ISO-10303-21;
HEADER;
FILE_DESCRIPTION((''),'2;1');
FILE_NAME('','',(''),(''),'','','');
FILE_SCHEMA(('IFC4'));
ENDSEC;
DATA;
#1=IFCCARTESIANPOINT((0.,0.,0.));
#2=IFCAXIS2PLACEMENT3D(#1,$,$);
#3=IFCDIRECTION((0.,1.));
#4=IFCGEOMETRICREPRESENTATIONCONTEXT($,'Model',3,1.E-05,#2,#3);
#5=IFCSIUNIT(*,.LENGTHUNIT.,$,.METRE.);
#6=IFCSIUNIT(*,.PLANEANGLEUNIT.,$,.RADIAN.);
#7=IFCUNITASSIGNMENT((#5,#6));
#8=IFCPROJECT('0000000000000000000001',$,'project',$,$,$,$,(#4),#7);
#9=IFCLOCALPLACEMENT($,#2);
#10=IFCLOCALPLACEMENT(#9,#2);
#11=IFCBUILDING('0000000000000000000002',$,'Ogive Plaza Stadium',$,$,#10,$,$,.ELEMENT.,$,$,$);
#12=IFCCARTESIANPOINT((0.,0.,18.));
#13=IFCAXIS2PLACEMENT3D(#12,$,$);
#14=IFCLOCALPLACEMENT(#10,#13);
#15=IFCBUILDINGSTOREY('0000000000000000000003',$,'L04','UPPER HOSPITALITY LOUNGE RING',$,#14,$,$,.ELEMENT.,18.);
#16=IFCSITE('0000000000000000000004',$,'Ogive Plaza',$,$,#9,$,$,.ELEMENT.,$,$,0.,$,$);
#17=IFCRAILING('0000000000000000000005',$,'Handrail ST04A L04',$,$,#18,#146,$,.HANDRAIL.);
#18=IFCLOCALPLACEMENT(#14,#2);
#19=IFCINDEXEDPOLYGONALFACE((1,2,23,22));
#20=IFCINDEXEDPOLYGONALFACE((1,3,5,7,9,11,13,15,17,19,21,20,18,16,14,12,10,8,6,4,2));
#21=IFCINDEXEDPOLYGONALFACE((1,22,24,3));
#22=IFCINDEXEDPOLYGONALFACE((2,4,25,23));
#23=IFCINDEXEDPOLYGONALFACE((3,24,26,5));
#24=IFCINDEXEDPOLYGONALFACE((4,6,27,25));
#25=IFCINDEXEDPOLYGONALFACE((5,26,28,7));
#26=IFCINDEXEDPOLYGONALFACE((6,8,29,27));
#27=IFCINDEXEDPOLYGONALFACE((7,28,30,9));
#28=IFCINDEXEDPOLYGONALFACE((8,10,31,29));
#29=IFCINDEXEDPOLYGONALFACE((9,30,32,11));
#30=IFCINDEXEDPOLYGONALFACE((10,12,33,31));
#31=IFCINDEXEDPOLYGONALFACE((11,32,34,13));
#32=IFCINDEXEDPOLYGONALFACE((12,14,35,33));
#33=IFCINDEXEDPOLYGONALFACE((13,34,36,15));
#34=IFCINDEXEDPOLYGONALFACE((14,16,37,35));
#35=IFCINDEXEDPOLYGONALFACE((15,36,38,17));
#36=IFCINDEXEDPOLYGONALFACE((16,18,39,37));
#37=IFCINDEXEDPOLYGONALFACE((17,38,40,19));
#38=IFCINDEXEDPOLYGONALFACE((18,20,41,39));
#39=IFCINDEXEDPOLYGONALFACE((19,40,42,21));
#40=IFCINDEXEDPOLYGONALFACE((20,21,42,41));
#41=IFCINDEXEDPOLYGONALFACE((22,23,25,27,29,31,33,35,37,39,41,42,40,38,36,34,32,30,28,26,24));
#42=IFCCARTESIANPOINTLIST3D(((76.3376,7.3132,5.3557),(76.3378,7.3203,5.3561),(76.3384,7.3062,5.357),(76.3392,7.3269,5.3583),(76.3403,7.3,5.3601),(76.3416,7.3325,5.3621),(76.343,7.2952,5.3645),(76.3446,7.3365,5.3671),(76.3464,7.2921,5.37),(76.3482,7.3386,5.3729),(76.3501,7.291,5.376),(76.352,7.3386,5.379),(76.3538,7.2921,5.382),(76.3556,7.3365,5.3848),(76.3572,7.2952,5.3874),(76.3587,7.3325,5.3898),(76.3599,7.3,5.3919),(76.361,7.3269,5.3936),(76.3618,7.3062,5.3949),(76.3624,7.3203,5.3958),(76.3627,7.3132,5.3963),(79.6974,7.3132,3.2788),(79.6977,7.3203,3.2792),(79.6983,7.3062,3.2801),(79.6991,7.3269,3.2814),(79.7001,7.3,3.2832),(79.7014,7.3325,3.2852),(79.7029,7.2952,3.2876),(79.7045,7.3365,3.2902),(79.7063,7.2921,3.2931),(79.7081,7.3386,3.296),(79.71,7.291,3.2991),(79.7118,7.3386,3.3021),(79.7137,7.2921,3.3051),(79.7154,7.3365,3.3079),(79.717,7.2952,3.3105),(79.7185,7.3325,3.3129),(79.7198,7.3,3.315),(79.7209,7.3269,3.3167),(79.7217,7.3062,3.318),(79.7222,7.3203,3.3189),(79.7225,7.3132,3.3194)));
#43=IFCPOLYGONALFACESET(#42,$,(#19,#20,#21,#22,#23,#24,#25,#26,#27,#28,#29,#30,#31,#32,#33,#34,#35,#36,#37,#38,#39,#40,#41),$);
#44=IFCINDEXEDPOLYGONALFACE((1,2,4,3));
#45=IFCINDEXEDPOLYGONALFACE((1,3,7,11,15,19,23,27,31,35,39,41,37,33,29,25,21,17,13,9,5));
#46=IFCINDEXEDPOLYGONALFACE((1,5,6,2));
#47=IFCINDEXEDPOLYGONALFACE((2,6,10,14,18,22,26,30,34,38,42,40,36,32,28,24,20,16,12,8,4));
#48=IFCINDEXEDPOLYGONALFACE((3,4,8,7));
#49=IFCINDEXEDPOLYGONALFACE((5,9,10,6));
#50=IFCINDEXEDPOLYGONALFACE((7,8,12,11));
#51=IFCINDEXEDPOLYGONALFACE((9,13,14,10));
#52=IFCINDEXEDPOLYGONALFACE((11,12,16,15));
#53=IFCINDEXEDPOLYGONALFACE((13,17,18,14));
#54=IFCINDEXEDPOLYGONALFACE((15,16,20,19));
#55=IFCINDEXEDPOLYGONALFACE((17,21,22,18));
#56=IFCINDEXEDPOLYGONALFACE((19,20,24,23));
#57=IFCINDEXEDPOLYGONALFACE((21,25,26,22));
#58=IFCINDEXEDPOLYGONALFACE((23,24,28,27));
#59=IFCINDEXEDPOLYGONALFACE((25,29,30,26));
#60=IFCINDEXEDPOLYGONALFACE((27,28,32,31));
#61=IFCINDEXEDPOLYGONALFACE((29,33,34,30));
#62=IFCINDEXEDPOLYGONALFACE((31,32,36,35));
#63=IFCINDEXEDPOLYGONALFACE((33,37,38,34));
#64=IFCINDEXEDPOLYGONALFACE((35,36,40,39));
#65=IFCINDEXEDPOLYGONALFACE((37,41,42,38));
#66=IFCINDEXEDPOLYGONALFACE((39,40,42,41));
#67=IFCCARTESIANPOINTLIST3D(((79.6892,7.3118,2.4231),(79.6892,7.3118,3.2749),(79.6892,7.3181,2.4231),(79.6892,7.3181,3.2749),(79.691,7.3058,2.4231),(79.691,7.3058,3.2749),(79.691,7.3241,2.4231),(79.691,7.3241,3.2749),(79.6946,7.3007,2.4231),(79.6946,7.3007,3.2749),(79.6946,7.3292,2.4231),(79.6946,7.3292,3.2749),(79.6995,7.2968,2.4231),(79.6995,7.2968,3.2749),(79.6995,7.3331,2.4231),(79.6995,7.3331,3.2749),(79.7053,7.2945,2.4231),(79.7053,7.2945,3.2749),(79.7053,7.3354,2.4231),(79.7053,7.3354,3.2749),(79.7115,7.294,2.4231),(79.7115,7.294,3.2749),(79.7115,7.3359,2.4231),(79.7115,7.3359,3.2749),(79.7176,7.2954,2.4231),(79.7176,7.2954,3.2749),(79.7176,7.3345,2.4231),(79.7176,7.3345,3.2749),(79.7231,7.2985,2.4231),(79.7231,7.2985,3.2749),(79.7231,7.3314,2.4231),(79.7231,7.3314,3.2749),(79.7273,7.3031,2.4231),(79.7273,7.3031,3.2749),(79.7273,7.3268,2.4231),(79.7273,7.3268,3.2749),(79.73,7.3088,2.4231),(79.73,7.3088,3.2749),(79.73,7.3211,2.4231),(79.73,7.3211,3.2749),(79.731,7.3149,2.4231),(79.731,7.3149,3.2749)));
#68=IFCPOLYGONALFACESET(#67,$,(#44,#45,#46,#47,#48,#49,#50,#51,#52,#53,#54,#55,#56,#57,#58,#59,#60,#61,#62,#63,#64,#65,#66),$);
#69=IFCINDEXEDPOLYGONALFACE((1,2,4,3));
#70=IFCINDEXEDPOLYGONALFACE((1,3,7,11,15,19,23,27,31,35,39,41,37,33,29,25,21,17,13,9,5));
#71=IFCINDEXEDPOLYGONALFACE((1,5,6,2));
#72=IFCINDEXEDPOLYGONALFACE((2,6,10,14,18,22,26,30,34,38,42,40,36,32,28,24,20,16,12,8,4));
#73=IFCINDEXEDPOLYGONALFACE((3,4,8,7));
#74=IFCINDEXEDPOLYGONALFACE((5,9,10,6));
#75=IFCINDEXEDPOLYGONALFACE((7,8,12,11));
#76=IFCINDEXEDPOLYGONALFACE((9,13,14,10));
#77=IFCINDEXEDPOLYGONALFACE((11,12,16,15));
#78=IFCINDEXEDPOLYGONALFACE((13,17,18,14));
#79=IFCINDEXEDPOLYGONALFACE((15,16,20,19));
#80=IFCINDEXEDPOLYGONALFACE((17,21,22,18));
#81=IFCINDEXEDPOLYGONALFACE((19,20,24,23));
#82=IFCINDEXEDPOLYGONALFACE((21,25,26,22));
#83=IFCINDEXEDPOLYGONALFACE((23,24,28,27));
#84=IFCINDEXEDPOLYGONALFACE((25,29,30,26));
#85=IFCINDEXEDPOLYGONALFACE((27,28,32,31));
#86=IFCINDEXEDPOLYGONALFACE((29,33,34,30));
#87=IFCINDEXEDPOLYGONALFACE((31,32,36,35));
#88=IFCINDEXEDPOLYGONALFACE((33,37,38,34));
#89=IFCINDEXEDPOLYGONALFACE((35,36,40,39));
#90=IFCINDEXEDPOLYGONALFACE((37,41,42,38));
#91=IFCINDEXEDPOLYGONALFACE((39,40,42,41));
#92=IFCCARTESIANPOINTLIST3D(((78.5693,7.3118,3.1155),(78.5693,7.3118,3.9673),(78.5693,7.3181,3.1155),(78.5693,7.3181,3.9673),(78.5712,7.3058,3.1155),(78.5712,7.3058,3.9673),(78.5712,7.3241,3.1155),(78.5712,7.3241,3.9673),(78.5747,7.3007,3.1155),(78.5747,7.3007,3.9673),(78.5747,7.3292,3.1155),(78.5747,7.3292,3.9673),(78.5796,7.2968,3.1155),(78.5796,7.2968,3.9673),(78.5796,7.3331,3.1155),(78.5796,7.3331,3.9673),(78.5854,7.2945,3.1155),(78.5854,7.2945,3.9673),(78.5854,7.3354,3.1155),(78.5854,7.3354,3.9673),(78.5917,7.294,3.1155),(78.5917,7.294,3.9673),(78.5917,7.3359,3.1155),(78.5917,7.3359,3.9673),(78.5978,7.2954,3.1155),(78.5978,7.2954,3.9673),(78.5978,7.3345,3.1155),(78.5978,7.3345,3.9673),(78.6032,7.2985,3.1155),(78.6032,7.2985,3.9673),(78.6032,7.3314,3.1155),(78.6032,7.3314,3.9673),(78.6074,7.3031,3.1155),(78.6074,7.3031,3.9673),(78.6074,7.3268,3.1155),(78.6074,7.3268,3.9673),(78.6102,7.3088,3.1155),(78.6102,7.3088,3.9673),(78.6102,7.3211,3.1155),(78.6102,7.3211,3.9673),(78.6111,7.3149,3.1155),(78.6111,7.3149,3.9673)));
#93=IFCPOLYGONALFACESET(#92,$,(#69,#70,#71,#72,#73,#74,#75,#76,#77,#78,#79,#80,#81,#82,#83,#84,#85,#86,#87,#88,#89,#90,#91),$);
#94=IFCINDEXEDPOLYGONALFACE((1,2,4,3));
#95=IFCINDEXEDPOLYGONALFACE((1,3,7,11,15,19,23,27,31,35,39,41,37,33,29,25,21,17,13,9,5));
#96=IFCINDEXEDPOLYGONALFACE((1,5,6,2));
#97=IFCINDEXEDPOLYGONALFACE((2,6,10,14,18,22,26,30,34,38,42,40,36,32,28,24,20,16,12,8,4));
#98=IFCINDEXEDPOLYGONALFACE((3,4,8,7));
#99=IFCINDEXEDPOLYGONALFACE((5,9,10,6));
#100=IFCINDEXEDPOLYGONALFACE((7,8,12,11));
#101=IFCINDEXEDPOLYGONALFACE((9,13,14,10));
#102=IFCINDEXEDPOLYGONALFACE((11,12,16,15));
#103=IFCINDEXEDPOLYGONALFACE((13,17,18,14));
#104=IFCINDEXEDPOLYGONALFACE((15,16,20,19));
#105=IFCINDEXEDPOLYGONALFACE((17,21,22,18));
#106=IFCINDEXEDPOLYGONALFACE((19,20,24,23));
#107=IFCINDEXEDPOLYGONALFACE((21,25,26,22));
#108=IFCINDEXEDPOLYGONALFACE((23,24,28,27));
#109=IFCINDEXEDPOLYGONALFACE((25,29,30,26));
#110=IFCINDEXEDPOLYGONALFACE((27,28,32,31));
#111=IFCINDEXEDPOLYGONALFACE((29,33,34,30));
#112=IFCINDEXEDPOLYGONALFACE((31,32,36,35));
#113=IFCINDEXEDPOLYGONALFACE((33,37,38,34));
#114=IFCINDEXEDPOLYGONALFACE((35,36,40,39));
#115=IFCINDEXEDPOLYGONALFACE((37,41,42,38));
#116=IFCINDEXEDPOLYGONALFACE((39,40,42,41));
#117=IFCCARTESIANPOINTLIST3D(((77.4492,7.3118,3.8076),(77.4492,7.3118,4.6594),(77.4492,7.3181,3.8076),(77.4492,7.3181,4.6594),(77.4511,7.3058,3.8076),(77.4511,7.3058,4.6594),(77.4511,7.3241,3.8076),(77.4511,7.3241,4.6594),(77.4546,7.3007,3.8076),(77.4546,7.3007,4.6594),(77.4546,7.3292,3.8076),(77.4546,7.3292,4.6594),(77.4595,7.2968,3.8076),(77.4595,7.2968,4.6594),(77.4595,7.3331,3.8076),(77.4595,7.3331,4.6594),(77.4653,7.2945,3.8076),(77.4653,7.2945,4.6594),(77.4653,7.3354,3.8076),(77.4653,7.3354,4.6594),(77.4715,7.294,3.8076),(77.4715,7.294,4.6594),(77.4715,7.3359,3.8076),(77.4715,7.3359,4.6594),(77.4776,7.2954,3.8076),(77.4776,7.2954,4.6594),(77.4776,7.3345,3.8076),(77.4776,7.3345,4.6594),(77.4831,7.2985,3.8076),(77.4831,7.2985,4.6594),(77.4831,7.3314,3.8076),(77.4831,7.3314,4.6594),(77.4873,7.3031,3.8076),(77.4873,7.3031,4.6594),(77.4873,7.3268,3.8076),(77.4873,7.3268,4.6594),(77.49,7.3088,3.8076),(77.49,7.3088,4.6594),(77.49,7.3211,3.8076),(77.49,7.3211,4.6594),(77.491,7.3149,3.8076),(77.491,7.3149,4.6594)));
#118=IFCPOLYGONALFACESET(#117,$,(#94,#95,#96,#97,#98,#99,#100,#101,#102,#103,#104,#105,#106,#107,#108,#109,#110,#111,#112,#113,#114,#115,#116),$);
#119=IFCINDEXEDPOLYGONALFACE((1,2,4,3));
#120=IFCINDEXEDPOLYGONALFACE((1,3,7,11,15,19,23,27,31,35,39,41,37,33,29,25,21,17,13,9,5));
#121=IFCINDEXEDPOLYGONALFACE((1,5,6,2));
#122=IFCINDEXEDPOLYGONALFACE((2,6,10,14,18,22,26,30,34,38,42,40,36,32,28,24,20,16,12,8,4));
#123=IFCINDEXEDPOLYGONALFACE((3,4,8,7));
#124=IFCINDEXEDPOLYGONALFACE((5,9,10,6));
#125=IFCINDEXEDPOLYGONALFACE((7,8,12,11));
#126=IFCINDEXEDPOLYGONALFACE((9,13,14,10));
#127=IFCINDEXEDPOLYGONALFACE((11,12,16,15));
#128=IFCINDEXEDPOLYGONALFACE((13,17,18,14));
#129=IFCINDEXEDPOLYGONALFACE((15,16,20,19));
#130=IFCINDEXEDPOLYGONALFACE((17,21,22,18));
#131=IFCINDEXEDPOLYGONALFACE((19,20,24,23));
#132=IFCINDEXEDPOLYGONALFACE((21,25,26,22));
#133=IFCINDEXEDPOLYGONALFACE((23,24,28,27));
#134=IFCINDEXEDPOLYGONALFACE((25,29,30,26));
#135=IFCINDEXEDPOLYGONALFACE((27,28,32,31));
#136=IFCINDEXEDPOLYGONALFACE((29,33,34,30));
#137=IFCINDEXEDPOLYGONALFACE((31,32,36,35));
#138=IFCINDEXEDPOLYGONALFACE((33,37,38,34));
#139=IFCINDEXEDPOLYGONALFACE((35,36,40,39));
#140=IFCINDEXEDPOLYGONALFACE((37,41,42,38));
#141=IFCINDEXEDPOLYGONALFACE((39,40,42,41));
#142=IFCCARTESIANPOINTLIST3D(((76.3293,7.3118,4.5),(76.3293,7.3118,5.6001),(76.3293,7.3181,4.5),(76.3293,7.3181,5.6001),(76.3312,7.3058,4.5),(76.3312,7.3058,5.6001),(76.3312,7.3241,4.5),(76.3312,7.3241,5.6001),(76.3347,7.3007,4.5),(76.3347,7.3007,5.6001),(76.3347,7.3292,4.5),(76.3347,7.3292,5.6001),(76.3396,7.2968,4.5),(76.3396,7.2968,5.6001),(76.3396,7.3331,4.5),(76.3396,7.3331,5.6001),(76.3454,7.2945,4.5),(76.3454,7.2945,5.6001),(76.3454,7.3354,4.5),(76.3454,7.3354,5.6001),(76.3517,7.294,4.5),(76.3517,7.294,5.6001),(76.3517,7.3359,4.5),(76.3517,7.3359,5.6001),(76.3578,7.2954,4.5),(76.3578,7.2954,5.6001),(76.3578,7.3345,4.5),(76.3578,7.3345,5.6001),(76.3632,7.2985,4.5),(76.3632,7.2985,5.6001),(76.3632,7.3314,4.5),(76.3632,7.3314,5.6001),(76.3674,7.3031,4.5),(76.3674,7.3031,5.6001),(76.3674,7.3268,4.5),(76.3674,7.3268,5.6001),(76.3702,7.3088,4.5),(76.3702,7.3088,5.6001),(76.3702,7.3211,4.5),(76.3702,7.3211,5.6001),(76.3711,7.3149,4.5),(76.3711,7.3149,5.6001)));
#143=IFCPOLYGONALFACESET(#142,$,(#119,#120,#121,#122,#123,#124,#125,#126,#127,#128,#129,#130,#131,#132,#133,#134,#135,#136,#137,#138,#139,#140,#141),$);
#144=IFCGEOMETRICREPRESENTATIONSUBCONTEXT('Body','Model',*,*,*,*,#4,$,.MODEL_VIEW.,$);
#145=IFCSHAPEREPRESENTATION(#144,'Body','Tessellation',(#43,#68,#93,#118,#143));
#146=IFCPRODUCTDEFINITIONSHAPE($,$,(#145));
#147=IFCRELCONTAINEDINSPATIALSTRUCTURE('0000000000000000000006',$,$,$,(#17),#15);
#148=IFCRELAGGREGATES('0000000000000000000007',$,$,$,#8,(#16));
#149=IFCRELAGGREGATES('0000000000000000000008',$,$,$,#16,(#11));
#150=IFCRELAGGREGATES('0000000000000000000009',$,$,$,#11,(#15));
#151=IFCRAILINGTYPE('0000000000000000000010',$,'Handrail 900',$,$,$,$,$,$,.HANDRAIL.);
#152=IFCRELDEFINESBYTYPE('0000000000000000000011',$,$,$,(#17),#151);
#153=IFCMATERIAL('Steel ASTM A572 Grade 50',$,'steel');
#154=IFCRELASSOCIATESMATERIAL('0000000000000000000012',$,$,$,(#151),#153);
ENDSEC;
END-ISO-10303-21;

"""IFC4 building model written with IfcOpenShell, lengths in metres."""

from ifc_helpers import new_model, si_unit, direction, frame, origin, origin_2d, place, context, subcontext, project, spatial, circle, extrude, material, type_object, element, save


model = new_model("IFC4")

# Units and contexts
model_context = context("Model", 3, precision=1e-05, world=origin(), true_north=direction((0.0, 1.0)))
body_context = subcontext(model_context, "Body", "Model", "MODEL_VIEW")
ifc_project = project(units=[si_unit("LENGTHUNIT", "METRE"), si_unit("PLANEANGLEUNIT", "RADIAN")], contexts=[model_context])

# Site, building, storey
site_placement = place(None, origin())
site = spatial("IfcSite", under=ifc_project, at=site_placement, Name="Ogive Plaza", CompositionType="ELEMENT", RefElevation=0.0)
building_placement = place(site_placement, origin())
building = spatial("IfcBuilding", under=site, at=building_placement, Name="Ogive Plaza Stadium", CompositionType="ELEMENT")
storey_placement = place(building_placement, frame((0.0, 0.0, 18.0)))
storey = spatial("IfcBuildingStorey", under=building, at=storey_placement, Name="L04", Description="UPPER HOSPITALITY LOUNGE RING", CompositionType="ELEMENT", Elevation=18.0)

# Railing
ifc_material_1 = material(Name="Steel ASTM A572 Grade 50", Category="steel")
railing_type_1 = type_object("IfcRailingType", Name="Handrail 900", PredefinedType="HANDRAIL", material=ifc_material_1)
for number, where, name in (
    (1, (79.71, 7.3149, 2.4231), "Handrail ST04A L04"),
):
    element("IfcRailing", number, at=place(storey_placement, frame(where)), inside=storey, type_object=railing_type_1, Name=name, PredefinedType="HANDRAIL", context=body_context, shape_type="SweptSolid", body=[
        extrude(circle(Radius=0.0239, at=origin_2d()), frame((0.0, 0.0, 0.876), z_axis=(-0.850606, 0.0, 0.525803), x_axis=(0.0, -1.0, 0.0)), (0.0, 0.0, 1.0), 3.95),
        extrude(circle(Radius=0.021, at=origin_2d()), origin(), (0.0, 0.0, 1.0), 0.8518),
        extrude(circle(Radius=0.021, at=origin_2d()), frame((-1.1199, 0.0, 0.6924)), (0.0, 0.0, 1.0), 0.8518),
        extrude(circle(Radius=0.021, at=origin_2d()), frame((-2.24, 0.0, 1.3845)), (0.0, 0.0, 1.0), 0.8518),
        extrude(circle(Radius=0.021, at=origin_2d()), frame((-3.3599, 0.0, 2.0769)), (0.0, 0.0, 1.0), 1.1001),
    ])

save(model, "model.ifc")
